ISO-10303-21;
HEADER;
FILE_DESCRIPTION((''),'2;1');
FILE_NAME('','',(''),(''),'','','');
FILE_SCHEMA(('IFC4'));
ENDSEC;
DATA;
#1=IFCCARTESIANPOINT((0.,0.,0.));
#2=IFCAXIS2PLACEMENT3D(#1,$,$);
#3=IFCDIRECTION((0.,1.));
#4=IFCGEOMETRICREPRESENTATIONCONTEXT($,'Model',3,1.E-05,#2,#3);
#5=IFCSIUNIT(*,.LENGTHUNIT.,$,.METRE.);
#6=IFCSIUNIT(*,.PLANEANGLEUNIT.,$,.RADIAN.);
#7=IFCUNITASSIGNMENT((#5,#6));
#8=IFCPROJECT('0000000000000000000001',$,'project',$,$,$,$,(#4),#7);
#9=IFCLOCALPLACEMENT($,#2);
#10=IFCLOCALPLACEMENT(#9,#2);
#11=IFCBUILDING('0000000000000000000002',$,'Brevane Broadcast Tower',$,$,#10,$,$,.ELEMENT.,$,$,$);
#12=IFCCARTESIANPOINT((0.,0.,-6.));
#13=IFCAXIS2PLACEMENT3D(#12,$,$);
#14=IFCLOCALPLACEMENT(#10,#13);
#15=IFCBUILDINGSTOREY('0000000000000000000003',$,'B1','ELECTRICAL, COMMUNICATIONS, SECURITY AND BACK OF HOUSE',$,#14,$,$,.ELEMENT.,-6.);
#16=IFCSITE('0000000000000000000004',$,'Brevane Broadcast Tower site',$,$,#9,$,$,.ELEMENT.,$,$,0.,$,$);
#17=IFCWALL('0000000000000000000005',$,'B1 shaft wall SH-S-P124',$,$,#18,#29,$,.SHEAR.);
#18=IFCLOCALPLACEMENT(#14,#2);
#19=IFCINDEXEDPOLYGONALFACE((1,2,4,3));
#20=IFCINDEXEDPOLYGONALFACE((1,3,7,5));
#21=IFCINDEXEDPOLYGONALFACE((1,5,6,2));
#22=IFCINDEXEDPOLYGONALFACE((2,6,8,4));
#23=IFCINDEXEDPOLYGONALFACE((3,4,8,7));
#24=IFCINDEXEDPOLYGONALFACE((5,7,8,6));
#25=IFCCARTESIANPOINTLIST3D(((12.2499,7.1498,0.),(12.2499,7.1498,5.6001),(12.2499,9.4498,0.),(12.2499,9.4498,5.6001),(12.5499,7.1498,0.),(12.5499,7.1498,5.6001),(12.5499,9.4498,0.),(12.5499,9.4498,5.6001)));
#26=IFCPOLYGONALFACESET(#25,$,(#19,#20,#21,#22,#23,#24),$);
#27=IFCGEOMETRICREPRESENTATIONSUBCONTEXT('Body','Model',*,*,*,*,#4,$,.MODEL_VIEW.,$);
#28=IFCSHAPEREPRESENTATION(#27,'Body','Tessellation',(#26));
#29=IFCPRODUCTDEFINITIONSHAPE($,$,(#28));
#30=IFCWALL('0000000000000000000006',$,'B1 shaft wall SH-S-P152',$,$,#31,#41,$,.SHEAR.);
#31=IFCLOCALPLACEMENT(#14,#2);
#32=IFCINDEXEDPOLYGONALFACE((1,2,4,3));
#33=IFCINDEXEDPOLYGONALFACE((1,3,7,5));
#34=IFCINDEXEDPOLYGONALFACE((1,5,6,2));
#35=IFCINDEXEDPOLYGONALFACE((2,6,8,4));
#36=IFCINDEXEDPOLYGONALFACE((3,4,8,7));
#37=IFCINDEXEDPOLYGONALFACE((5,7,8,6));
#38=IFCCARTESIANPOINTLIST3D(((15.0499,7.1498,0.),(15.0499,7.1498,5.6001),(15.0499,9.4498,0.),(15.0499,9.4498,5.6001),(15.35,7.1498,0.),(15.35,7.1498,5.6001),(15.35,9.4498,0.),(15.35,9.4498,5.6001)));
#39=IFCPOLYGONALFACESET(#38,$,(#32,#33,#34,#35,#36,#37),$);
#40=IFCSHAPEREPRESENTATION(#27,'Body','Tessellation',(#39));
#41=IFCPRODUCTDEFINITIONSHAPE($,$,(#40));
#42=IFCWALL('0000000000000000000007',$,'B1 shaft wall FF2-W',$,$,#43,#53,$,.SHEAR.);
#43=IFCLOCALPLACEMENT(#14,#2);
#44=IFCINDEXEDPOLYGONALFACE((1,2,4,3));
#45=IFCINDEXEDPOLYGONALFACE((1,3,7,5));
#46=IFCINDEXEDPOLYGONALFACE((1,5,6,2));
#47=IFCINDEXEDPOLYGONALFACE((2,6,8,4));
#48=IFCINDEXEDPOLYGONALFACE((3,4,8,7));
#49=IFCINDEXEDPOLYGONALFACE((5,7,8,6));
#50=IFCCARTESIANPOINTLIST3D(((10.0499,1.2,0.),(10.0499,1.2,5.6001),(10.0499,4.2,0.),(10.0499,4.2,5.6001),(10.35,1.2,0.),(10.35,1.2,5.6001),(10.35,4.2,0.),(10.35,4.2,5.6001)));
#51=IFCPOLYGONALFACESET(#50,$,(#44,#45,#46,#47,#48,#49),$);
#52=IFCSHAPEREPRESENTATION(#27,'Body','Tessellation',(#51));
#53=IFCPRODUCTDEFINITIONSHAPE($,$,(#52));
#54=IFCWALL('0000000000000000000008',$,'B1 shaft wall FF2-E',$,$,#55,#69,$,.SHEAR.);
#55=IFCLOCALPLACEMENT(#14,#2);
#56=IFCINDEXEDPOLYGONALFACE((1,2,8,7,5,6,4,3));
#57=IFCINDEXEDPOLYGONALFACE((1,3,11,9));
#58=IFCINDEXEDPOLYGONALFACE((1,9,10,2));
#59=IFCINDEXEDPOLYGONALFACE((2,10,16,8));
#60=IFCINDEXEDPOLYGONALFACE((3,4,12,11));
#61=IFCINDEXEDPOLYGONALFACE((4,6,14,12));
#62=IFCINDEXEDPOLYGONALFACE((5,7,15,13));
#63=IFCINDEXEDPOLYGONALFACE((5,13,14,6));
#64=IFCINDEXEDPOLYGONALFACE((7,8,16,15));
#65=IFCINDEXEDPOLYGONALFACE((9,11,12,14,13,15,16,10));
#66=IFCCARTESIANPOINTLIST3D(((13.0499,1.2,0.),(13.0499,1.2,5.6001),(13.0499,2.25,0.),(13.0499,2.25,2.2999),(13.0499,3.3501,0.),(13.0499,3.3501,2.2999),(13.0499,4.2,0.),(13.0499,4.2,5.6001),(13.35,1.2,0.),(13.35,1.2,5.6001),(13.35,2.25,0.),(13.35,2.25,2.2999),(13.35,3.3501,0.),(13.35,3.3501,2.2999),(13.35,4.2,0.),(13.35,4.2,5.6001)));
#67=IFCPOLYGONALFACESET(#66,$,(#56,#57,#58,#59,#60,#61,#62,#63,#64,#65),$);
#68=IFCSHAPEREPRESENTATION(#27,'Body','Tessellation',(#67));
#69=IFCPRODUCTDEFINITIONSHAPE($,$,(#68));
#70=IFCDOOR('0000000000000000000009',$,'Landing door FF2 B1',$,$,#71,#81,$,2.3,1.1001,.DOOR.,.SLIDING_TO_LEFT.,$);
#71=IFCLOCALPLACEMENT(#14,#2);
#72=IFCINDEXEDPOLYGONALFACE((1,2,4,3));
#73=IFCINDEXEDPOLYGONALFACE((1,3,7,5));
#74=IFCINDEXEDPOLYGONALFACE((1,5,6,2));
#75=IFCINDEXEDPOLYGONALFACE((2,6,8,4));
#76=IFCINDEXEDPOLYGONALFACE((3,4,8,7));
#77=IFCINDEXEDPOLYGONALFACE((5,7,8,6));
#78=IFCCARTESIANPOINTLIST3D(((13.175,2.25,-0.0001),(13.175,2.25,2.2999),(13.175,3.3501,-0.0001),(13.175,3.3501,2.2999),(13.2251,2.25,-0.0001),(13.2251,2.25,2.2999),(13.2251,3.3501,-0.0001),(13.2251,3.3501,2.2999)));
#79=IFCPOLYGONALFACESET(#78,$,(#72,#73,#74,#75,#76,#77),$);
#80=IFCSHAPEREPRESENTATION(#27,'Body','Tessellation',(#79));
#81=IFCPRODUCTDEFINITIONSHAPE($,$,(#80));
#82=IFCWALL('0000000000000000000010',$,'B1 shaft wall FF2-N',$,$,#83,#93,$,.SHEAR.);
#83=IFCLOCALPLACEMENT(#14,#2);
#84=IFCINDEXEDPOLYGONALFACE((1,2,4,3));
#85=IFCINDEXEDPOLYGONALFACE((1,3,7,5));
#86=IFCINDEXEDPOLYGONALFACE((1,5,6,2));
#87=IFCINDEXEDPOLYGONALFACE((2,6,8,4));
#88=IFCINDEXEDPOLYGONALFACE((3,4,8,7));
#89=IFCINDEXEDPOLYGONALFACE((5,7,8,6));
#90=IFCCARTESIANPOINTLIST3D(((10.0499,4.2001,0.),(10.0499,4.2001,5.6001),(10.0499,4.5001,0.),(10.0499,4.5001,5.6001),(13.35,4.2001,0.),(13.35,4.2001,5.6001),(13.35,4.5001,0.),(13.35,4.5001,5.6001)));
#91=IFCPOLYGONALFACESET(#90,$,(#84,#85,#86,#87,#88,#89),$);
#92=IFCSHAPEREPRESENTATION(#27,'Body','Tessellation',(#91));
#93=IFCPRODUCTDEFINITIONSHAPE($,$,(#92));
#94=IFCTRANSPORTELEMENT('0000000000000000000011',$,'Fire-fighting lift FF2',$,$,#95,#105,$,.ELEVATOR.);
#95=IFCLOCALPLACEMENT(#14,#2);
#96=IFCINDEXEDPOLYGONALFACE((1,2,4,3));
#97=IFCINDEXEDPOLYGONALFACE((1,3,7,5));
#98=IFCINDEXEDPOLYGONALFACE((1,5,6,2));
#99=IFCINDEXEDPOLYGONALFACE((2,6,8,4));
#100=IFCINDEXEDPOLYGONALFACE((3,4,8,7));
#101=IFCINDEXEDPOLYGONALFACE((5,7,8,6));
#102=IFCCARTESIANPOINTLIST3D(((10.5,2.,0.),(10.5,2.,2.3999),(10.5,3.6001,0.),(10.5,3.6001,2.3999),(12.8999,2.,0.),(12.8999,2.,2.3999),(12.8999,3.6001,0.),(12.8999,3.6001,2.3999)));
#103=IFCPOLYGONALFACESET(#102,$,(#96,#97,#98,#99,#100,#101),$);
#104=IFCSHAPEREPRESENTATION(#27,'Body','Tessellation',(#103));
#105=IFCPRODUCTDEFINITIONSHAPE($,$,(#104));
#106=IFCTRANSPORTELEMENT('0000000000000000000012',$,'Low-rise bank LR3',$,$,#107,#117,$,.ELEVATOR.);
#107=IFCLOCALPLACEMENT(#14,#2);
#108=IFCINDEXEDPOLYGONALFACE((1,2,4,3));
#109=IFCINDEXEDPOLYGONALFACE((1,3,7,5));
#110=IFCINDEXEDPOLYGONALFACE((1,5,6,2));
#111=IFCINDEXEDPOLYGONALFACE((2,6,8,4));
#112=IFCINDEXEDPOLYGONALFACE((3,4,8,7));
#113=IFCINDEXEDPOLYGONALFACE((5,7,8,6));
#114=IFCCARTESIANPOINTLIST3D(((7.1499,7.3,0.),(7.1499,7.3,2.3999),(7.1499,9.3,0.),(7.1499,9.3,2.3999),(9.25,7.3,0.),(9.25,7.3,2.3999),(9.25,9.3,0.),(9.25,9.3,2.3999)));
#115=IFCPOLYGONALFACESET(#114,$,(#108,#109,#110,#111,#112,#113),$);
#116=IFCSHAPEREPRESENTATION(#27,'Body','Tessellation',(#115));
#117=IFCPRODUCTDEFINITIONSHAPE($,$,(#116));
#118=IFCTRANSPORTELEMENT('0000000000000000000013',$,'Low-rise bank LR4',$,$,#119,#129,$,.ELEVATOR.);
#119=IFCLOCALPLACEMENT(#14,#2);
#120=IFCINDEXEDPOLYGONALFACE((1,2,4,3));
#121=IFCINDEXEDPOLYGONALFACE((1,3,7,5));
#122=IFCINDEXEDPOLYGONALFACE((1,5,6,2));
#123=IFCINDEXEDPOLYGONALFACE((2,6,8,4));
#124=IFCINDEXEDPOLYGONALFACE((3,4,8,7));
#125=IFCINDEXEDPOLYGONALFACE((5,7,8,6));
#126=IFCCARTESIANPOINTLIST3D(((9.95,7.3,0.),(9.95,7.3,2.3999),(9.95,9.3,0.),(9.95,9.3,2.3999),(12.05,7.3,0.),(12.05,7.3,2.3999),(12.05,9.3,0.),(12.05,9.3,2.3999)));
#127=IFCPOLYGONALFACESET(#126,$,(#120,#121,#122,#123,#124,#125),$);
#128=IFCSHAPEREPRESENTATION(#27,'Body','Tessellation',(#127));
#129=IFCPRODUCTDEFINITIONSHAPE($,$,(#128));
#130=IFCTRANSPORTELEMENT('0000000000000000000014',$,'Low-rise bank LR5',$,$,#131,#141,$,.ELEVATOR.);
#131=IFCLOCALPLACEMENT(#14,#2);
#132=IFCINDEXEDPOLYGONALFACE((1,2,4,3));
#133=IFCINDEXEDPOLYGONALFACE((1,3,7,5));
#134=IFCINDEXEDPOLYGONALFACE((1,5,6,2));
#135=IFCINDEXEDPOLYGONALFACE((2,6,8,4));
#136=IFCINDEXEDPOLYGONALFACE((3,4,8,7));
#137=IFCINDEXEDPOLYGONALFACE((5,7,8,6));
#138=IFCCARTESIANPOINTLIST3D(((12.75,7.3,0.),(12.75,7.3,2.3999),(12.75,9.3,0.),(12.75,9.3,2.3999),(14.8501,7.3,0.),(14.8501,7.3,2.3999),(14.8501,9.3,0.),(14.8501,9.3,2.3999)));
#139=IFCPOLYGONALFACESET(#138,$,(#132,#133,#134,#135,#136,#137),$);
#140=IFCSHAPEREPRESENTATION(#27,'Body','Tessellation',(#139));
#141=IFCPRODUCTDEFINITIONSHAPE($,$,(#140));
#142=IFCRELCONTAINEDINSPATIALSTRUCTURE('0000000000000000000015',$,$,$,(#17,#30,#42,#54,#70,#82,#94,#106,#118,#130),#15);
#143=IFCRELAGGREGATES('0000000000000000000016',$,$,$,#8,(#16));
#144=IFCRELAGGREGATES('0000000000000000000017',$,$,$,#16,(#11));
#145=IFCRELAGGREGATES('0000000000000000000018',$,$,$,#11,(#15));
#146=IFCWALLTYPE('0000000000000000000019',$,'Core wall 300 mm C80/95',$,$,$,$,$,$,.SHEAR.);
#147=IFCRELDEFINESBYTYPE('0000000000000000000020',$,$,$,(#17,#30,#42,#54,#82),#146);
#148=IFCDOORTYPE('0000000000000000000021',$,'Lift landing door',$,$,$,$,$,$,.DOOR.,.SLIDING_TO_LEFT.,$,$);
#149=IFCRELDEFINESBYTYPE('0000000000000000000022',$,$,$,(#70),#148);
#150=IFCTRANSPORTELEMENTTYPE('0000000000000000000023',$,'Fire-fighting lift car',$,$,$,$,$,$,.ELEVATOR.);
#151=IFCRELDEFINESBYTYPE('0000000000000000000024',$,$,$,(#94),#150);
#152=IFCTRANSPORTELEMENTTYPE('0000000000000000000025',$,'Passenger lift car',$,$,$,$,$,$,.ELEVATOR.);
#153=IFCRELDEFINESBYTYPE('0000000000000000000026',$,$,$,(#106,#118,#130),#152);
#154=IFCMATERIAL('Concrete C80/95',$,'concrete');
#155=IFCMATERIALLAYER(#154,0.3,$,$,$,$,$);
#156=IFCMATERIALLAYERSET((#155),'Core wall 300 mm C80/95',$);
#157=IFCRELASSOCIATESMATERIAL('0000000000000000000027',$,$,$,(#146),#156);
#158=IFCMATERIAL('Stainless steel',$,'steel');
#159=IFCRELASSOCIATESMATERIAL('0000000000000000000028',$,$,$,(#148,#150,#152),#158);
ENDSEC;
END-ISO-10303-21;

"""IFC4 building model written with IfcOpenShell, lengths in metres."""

from ifc_helpers import new_model, si_unit, direction, frame, frame_2d, origin, origin_2d, place, context, subcontext, project, spatial, rectangle, extrude, material, layer, layer_set, type_object, element, fill, save


model = new_model("IFC4")

# Units and contexts
model_context = context("Model", 3, precision=1e-05, world=origin(), true_north=direction((0.0, 1.0)))
body_context = subcontext(model_context, "Body", "Model", "MODEL_VIEW")
ifc_project = project(units=[si_unit("LENGTHUNIT", "METRE"), si_unit("PLANEANGLEUNIT", "RADIAN")], contexts=[model_context])

# Site, building, storey
site_placement = place(None, origin())
site = spatial("IfcSite", under=ifc_project, at=site_placement, Name="Brevane Broadcast Tower site", CompositionType="ELEMENT", RefElevation=0.0)
building_placement = place(site_placement, origin())
building = spatial("IfcBuilding", under=site, at=building_placement, Name="Brevane Broadcast Tower", CompositionType="ELEMENT")
storey_placement = place(building_placement, frame((0.0, 0.0, -6.0)))
storey = spatial("IfcBuildingStorey", under=building, at=storey_placement, Name="B1", Description="ELECTRICAL, COMMUNICATIONS, SECURITY AND BACK OF HOUSE", CompositionType="ELEMENT", Elevation=-6.0)

# Walls
ifc_material_1 = material(Name="Concrete C80/95", Category="concrete")
ifc_layer_1 = layer(ifc_material_1, 0.3)
ifc_layer_set_1 = layer_set([ifc_layer_1], Name="Core wall 300 mm C80/95")
wall_type_1 = type_object("IfcWallType", Name="Core wall 300 mm C80/95", PredefinedType="SHEAR", material=ifc_layer_set_1)
for number, where, z_axis, x_axis, name in (
    (1, (12.3999, 7.1499, 0.0), (0.0, 0.0, 1.0), (0.0, 1.0, 0.0), "B1 shaft wall SH-S-P124"),
    (2, (15.2, 7.1499, 0.0), (0.0, 0.0, 1.0), (0.0, 1.0, 0.0), "B1 shaft wall SH-S-P152"),
):
    element("IfcWall", number, at=place(storey_placement, frame(where, z_axis=z_axis, x_axis=x_axis)), inside=storey, type_object=wall_type_1, Name=name, PredefinedType="SHEAR", context=body_context, shape_type="SweptSolid", body=[
        extrude(rectangle(XDim=2.3, YDim=0.3, at=frame_2d((1.1499, 0.0))), origin(), (0.0, 0.0, 1.0), 5.6001),
    ])
wall_1_placement = place(storey_placement, frame((10.2, 1.2, 0.0), z_axis=(0.0, 0.0, 1.0), x_axis=(0.0, 1.0, 0.0)))
element("IfcWall", 3, at=wall_1_placement, inside=storey, type_object=wall_type_1, Name="B1 shaft wall FF2-W", PredefinedType="SHEAR", context=body_context, shape_type="SweptSolid", body=[
    extrude(rectangle(XDim=3.0, YDim=0.3, at=frame_2d((1.5, 0.0))), origin(), (0.0, 0.0, 1.0), 5.6001),
])

# Wall, opening, door
wall_2_placement = place(storey_placement, frame((13.2, 1.2, 0.0), z_axis=(0.0, 0.0, 1.0), x_axis=(0.0, 1.0, 0.0)))
wall_2 = element("IfcWall", 4, at=wall_2_placement, inside=storey, type_object=wall_type_1, Name="B1 shaft wall FF2-E", PredefinedType="SHEAR", context=body_context, shape_type="SweptSolid", body=[
    extrude(rectangle(XDim=3.0, YDim=0.3, at=frame_2d((1.5, 0.0))), origin(), (0.0, 0.0, 1.0), 5.6001),
])
opening_1_placement = place(wall_2_placement, frame((1.05, 0.0, 0.0)))
opening_1 = element("IfcOpeningElement", 5, at=opening_1_placement, cuts=wall_2, PredefinedType="OPENING", context=body_context, shape_type="SweptSolid", body=[
    extrude(rectangle(XDim=1.1001, YDim=2.3, at=frame_2d((0.55, 1.1499))), frame((0.0, 0.1599, 0.0), z_axis=(0.0, -1.0, 0.0), x_axis=(1.0, 0.0, 0.0)), (0.0, 0.0, 1.0), 0.3201),
])
ifc_material_2 = material(Name="Stainless steel", Category="steel")
door_type_1 = type_object("IfcDoorType", Name="Lift landing door", OperationType="SLIDING_TO_LEFT", PredefinedType="DOOR", material=ifc_material_2)
door_1_placement = place(opening_1_placement, origin())
door_1 = element("IfcDoor", 6, at=door_1_placement, inside=storey, type_object=door_type_1, Name="Landing door FF2 B1", OperationType="SLIDING_TO_LEFT", OverallHeight=2.3, OverallWidth=1.1001, PredefinedType="DOOR", context=body_context, shape_type="SweptSolid", body=[
    extrude(rectangle(XDim=1.1001, YDim=2.3, at=frame_2d((0.55, 1.1499))), frame((0.0, 0.0249, 0.0), z_axis=(0.0, -1.0, 0.0), x_axis=(1.0, 0.0, 0.0)), (0.0, 0.0, 1.0), 0.05),
])
fill(opening_1, door_1)

# Wall
wall_3_placement = place(storey_placement, frame((10.05, 4.3501, 0.0), z_axis=(0.0, 0.0, 1.0), x_axis=(1.0, 0.0, 0.0)))
element("IfcWall", 7, at=wall_3_placement, inside=storey, type_object=wall_type_1, Name="B1 shaft wall FF2-N", PredefinedType="SHEAR", context=body_context, shape_type="SweptSolid", body=[
    extrude(rectangle(XDim=3.3, YDim=0.3, at=frame_2d((1.6499, 0.0))), origin(), (0.0, 0.0, 1.0), 5.6001),
])

# Transport elements
transport_element_type_1 = type_object("IfcTransportElementType", Name="Fire-fighting lift car", PredefinedType="ELEVATOR", material=ifc_material_2)
transport_element_placement = place(storey_placement, frame((11.7, 2.8, 0.0), z_axis=(0.0, 0.0, 1.0), x_axis=(1.0, 0.0, 0.0)))
element("IfcTransportElement", 8, at=transport_element_placement, inside=storey, type_object=transport_element_type_1, Name="Fire-fighting lift FF2", PredefinedType="ELEVATOR", context=body_context, shape_type="SweptSolid", body=[
    extrude(rectangle(XDim=2.3999, YDim=1.6001, at=origin_2d()), origin(), (0.0, 0.0, 1.0), 2.3999),
])
transport_element_type_2 = type_object("IfcTransportElementType", Name="Passenger lift car", PredefinedType="ELEVATOR", material=ifc_material_2)
for number, where, z_axis, x_axis, name in (
    (9, (8.2, 8.3, 0.0), (0.0, 0.0, 1.0), (1.0, 0.0, 0.0), "Low-rise bank LR3"),
    (10, (11.0, 8.3, 0.0), (0.0, 0.0, 1.0), (1.0, 0.0, 0.0), "Low-rise bank LR4"),
    (11, (13.8, 8.3, 0.0), (0.0, 0.0, 1.0), (1.0, 0.0, 0.0), "Low-rise bank LR5"),
):
    element("IfcTransportElement", number, at=place(storey_placement, frame(where, z_axis=z_axis, x_axis=x_axis)), inside=storey, type_object=transport_element_type_2, Name=name, PredefinedType="ELEVATOR", context=body_context, shape_type="SweptSolid", body=[
        extrude(rectangle(XDim=2.1001, YDim=2.0, at=origin_2d()), origin(), (0.0, 0.0, 1.0), 2.3999),
    ])

save(model, "model.ifc")
